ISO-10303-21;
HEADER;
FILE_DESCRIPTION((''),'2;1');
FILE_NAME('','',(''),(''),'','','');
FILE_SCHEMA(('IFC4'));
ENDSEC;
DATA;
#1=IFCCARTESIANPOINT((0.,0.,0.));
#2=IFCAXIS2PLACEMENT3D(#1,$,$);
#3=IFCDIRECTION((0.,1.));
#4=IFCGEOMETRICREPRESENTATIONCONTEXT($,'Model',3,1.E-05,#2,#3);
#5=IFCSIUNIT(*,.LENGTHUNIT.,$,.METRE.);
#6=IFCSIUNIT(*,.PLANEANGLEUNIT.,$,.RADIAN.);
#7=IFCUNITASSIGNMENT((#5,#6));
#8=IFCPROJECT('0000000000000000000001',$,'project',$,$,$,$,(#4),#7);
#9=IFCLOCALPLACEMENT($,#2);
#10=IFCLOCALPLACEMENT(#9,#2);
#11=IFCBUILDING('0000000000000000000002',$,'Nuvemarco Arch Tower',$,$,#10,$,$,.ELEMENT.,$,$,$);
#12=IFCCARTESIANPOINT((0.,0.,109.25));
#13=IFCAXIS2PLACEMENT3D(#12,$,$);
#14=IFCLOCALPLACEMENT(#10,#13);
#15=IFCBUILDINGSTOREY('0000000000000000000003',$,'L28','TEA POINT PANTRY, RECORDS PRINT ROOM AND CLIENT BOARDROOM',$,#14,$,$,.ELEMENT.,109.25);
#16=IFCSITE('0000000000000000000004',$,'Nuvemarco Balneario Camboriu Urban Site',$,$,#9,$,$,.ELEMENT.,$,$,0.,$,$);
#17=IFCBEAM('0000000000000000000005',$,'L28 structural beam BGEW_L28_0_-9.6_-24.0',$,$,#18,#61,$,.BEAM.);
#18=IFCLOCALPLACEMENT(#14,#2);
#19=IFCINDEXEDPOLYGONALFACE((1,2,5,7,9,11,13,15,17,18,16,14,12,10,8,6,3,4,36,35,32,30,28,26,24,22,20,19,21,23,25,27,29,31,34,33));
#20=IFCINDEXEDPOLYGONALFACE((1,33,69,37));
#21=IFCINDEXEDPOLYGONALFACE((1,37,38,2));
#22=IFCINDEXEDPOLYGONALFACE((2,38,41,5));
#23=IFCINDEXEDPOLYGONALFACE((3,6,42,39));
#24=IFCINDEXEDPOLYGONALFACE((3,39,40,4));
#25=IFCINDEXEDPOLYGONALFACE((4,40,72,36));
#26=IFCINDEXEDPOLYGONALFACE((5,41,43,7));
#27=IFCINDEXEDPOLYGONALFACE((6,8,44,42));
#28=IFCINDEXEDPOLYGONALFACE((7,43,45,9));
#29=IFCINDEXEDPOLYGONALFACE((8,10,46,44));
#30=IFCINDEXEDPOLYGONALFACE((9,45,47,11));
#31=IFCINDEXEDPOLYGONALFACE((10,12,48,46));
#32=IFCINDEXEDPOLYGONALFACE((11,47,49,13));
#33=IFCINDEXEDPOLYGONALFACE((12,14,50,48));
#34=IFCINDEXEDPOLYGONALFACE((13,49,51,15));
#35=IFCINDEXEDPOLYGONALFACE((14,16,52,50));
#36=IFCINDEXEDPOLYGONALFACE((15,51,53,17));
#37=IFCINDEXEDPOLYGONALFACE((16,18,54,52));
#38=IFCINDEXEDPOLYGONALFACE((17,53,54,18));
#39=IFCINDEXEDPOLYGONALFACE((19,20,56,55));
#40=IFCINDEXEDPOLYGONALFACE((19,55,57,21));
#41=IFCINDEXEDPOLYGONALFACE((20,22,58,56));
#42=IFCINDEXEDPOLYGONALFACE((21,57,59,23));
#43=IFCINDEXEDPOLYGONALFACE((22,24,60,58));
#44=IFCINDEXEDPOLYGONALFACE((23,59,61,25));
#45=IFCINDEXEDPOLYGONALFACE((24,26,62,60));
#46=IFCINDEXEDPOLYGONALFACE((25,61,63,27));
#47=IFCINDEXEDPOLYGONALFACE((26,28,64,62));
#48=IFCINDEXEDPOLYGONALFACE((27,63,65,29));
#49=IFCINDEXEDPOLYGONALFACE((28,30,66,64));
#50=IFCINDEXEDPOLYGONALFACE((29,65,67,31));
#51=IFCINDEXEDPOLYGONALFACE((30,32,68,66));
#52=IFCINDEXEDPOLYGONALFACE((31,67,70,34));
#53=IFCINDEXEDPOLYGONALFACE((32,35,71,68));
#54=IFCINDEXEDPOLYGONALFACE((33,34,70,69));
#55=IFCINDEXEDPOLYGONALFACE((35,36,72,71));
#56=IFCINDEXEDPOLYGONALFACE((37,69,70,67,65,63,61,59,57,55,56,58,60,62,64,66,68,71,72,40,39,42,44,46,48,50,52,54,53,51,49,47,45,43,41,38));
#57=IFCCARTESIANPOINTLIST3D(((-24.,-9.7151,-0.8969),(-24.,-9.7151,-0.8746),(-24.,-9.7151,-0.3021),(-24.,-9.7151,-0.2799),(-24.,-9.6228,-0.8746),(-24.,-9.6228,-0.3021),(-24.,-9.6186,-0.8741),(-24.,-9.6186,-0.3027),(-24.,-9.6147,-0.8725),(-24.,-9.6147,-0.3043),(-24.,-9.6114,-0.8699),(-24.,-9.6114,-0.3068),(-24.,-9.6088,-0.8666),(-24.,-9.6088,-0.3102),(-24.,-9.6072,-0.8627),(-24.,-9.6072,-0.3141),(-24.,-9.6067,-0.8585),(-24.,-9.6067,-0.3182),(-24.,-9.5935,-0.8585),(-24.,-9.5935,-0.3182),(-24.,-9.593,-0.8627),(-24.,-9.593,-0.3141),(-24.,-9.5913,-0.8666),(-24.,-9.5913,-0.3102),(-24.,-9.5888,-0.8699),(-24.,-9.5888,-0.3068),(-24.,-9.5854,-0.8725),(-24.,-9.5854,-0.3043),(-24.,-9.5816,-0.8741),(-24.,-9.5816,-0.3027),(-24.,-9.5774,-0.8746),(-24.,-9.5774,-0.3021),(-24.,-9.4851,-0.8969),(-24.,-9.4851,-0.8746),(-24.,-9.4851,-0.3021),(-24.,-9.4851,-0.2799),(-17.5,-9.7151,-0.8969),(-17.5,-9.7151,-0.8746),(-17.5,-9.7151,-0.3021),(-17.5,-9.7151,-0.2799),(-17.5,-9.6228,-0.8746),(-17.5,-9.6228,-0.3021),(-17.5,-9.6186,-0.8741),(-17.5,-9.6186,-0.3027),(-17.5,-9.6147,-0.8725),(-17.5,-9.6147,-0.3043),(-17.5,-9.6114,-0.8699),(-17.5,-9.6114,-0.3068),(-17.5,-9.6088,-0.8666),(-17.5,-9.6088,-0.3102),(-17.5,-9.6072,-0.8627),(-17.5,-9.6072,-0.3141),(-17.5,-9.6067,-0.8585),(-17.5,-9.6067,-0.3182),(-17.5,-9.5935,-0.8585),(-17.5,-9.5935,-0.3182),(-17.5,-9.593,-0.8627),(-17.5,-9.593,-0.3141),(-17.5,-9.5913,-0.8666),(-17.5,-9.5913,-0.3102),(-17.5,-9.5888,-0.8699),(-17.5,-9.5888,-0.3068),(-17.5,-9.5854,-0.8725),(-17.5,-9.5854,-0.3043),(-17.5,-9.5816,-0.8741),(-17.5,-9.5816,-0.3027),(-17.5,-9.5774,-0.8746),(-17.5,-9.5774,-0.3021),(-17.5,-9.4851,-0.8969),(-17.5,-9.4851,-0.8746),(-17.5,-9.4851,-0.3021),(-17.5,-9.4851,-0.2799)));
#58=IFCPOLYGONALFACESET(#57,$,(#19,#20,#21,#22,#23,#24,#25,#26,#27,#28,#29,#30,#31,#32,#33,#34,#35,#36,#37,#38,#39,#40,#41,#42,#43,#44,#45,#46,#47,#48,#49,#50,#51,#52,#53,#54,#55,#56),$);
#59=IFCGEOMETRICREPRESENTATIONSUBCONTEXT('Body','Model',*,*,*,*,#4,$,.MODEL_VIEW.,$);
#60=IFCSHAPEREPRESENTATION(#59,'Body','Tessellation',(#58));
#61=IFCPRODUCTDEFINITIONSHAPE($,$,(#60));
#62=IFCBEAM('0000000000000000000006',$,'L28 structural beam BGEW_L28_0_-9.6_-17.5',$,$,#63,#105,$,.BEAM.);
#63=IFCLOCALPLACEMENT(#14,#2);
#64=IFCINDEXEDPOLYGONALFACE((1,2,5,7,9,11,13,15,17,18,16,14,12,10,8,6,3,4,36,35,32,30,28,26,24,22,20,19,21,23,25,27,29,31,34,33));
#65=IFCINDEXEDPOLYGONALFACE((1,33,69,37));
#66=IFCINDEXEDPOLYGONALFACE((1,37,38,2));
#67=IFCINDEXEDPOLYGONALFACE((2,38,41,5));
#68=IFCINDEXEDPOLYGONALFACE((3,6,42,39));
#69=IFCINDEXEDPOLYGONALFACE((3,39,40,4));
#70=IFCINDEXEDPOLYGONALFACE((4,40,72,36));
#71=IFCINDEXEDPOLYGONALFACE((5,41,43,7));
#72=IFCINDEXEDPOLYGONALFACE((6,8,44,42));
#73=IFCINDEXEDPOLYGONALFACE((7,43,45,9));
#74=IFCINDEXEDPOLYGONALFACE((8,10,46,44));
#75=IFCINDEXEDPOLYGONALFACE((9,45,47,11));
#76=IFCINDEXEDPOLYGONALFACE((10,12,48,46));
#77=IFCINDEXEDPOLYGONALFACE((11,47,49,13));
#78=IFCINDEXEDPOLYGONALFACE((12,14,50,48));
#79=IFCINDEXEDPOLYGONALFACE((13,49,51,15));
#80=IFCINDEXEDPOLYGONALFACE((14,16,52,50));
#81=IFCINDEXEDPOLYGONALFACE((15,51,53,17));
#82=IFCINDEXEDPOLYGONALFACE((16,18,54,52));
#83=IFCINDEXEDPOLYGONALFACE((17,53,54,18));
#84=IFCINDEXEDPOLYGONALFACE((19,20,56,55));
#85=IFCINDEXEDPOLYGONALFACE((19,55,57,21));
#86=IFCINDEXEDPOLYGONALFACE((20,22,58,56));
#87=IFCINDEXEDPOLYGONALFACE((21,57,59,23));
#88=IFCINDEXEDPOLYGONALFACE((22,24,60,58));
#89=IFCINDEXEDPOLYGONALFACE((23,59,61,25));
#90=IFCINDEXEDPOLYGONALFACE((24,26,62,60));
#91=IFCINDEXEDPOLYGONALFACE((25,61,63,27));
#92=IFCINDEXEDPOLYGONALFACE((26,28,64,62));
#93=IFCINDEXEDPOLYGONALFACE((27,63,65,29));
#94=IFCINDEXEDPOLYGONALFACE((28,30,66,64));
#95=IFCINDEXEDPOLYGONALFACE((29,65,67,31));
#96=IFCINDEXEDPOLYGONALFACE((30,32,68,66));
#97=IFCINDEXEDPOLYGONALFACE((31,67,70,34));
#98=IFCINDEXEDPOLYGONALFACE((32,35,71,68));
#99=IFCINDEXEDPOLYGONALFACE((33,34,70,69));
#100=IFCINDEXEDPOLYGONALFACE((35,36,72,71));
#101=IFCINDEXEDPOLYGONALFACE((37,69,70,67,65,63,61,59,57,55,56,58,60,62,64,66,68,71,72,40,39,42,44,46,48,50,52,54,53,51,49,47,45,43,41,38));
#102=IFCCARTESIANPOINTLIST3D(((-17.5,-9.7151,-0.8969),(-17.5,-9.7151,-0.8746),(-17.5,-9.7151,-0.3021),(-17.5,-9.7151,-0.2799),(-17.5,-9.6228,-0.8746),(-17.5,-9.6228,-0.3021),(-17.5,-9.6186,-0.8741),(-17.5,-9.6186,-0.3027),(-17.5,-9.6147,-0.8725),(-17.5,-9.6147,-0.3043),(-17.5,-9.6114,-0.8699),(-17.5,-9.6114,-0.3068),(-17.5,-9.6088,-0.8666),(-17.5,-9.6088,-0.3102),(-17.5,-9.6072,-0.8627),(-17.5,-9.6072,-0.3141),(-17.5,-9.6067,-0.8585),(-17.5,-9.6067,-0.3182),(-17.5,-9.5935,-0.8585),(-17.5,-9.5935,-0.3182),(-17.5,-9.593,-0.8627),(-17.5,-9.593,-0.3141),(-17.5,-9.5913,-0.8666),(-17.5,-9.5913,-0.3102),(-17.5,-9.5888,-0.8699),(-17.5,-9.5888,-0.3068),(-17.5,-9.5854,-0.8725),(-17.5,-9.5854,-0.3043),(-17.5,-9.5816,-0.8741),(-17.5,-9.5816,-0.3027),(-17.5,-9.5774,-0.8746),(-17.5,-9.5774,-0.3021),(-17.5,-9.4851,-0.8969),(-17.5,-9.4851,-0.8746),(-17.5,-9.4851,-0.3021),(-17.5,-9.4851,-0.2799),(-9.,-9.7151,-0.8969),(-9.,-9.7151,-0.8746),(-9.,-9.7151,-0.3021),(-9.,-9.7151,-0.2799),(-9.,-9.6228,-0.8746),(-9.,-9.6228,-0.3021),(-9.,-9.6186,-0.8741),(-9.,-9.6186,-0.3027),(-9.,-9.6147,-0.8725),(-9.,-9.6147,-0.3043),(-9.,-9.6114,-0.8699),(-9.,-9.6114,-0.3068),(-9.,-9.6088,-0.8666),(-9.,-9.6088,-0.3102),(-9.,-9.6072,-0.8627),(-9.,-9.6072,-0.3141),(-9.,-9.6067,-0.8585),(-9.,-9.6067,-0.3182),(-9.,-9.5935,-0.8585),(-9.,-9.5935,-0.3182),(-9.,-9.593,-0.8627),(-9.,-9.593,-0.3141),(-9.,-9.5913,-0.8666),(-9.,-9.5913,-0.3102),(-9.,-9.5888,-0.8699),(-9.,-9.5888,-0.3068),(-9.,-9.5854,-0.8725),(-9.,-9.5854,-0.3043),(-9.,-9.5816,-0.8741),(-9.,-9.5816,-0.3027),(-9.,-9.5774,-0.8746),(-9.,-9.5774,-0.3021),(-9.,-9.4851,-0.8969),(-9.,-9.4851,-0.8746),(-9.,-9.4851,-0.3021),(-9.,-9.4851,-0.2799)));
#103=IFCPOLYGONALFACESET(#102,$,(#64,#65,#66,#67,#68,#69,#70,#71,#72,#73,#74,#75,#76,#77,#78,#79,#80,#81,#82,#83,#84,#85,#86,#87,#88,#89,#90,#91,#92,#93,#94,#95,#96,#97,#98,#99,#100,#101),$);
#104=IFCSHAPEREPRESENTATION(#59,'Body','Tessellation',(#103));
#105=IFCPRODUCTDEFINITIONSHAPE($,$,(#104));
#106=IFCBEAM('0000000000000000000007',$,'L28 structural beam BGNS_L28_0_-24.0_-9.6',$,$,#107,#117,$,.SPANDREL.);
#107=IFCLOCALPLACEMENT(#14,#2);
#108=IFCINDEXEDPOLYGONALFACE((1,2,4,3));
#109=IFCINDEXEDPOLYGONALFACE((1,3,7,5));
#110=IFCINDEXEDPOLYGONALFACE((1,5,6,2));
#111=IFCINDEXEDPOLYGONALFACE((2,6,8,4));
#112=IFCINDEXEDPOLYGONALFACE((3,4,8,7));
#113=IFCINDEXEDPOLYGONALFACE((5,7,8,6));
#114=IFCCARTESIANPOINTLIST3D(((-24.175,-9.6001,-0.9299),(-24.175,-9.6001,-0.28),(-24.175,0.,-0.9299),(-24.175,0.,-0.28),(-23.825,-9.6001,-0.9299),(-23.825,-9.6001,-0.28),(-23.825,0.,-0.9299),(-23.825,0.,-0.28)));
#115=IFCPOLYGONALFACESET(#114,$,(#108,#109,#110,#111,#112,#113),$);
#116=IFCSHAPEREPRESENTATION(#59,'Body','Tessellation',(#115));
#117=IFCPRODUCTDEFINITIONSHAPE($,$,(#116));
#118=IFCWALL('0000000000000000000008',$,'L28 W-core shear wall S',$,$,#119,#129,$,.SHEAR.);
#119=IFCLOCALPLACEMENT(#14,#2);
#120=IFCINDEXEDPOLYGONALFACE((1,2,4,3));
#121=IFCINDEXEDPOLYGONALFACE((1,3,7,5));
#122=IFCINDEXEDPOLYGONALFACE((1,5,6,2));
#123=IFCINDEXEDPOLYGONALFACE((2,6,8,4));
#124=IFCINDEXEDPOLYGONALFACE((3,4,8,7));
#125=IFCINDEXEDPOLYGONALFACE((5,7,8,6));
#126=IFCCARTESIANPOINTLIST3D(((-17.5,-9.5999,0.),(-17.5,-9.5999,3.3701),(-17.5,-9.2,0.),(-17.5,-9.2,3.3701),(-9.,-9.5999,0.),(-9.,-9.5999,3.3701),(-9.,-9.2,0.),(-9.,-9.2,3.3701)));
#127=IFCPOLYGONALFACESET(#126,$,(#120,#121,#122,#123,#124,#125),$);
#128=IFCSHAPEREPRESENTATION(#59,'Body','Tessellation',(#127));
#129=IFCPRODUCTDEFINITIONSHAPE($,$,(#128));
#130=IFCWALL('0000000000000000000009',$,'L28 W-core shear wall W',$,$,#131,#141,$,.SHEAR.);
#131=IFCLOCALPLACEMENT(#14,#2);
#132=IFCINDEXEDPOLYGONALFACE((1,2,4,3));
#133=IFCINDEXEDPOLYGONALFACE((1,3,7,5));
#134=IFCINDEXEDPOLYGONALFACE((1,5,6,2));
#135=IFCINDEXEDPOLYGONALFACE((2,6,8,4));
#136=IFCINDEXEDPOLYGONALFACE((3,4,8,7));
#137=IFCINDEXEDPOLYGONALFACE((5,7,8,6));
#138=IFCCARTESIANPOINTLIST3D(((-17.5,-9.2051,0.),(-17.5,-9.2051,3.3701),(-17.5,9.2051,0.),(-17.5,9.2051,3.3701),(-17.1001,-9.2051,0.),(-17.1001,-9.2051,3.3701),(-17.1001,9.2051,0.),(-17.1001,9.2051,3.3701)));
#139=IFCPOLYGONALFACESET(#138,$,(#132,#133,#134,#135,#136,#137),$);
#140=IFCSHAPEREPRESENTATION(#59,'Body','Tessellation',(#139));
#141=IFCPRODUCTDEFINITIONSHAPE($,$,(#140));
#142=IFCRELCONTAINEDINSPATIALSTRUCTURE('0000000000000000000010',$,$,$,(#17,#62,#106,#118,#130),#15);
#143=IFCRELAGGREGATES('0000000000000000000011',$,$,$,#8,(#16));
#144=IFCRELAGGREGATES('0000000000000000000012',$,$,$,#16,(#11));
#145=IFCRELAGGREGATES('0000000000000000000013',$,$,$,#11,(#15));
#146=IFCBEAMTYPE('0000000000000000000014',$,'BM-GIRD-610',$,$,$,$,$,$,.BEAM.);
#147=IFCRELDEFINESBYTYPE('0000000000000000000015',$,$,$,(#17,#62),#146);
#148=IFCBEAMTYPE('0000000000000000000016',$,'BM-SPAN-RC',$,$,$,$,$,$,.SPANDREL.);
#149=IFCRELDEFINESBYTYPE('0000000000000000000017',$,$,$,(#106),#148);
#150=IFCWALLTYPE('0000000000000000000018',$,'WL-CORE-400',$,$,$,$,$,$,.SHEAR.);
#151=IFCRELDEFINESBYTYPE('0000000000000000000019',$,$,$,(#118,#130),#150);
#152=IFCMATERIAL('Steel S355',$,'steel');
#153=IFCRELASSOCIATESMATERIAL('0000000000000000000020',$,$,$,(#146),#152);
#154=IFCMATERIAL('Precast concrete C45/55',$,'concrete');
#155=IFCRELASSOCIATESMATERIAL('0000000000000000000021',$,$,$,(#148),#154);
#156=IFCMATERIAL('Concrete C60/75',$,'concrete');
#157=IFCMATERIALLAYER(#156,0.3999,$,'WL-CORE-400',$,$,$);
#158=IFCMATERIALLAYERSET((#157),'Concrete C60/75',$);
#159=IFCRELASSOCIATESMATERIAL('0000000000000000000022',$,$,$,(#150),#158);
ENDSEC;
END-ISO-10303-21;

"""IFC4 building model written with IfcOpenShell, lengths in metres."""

from ifc_helpers import new_model, si_unit, direction, frame, frame_2d, origin, origin_2d, place, context, subcontext, project, spatial, rectangle, i_section, extrude, material, layer, layer_set, material_profile, profile_set, type_object, element, save


model = new_model("IFC4")

# Units and contexts
model_context = context("Model", 3, precision=1e-05, world=origin(), true_north=direction((0.0, 1.0)))
body_context = subcontext(model_context, "Body", "Model", "MODEL_VIEW")
ifc_project = project(units=[si_unit("LENGTHUNIT", "METRE"), si_unit("PLANEANGLEUNIT", "RADIAN")], contexts=[model_context])

# Site, building, storey
site_placement = place(None, origin())
site = spatial("IfcSite", under=ifc_project, at=site_placement, Name="Nuvemarco Balneario Camboriu Urban Site", CompositionType="ELEMENT", RefElevation=0.0)
building_placement = place(site_placement, origin())
building = spatial("IfcBuilding", under=site, at=building_placement, Name="Nuvemarco Arch Tower", CompositionType="ELEMENT")
storey_placement = place(building_placement, frame((0.0, 0.0, 109.25)))
storey = spatial("IfcBuildingStorey", under=building, at=storey_placement, Name="L28", Description="TEA POINT PANTRY, RECORDS PRINT ROOM AND CLIENT BOARDROOM", CompositionType="ELEMENT", Elevation=109.25)

# Shared definitions
ifc_material_1 = material(Name="Concrete C60/75", Category="concrete")
ifc_material_2 = material(Name="Steel S355", Category="steel")

# Beams
ifc_material_profile_1 = material_profile(ifc_material_2, i_section(OverallWidth=0.23, OverallDepth=0.6169, WebThickness=0.0132, FlangeThickness=0.0222, FilletRadius=0.0161, at=origin_2d()), Name="W610x140")
ifc_profile_set_1 = profile_set([ifc_material_profile_1], Name="Steel S355")
beam_type_1 = type_object("IfcBeamType", Name="BM-GIRD-610", PredefinedType="BEAM", material=ifc_profile_set_1)
beam_1_placement = place(storey_placement, frame((-24.0, -9.6001, -0.5884), z_axis=(1.0, 0.0, 0.0), x_axis=(0.0, 1.0, 0.0)))
element("IfcBeam", 1, at=beam_1_placement, inside=storey, type_object=beam_type_1, Name="L28 structural beam BGEW_L28_0_-9.6_-24.0", PredefinedType="BEAM", context=body_context, shape_type="SweptSolid", body=[
    extrude(i_section(OverallWidth=0.23, OverallDepth=0.6169, WebThickness=0.0132, FlangeThickness=0.0222, FilletRadius=0.0161, at=origin_2d()), origin(), (0.0, 0.0, 1.0), 6.5),
])
beam_2_placement = place(storey_placement, frame((-17.5, -9.6001, -0.5884), z_axis=(1.0, 0.0, 0.0), x_axis=(0.0, 1.0, 0.0)))
element("IfcBeam", 2, at=beam_2_placement, inside=storey, type_object=beam_type_1, Name="L28 structural beam BGEW_L28_0_-9.6_-17.5", PredefinedType="BEAM", context=body_context, shape_type="SweptSolid", body=[
    extrude(i_section(OverallWidth=0.23, OverallDepth=0.6169, WebThickness=0.0132, FlangeThickness=0.0222, FilletRadius=0.0161, at=origin_2d()), origin(), (0.0, 0.0, 1.0), 8.5),
])
ifc_material_3 = material(Name="Precast concrete C45/55", Category="concrete")
ifc_material_profile_2 = material_profile(ifc_material_3, rectangle(XDim=0.3501, YDim=0.6499, at=origin_2d()), Name="PC-SP-350x650")
ifc_profile_set_2 = profile_set([ifc_material_profile_2], Name="Precast concrete C45/55")
beam_type_2 = type_object("IfcBeamType", Name="BM-SPAN-RC", PredefinedType="SPANDREL", material=ifc_profile_set_2)
beam_3_placement = place(storey_placement, frame((-24.0, -9.6001, -0.605), z_axis=(0.0, 1.0, 0.0), x_axis=(-1.0, 0.0, 0.0)))
element("IfcBeam", 3, at=beam_3_placement, inside=storey, type_object=beam_type_2, Name="L28 structural beam BGNS_L28_0_-24.0_-9.6", PredefinedType="SPANDREL", context=body_context, shape_type="SweptSolid", body=[
    extrude(rectangle(XDim=0.3501, YDim=0.6499, at=origin_2d()), origin(), (0.0, 0.0, 1.0), 9.6001),
])

# Walls
ifc_layer_1 = layer(ifc_material_1, 0.3999, Name="WL-CORE-400")
ifc_layer_set_1 = layer_set([ifc_layer_1], Name="Concrete C60/75")
wall_type_1 = type_object("IfcWallType", Name="WL-CORE-400", PredefinedType="SHEAR", material=ifc_layer_set_1)
wall_1_placement = place(storey_placement, frame((-17.5, -9.3999, 0.0), z_axis=(0.0, 0.0, 1.0), x_axis=(1.0, 0.0, 0.0)))
element("IfcWall", 4, at=wall_1_placement, inside=storey, type_object=wall_type_1, Name="L28 W-core shear wall S", PredefinedType="SHEAR", context=body_context, shape_type="SweptSolid", body=[
    extrude(rectangle(XDim=8.5, YDim=0.3999, at=frame_2d((4.25, 0.0))), origin(), (0.0, 0.0, 1.0), 3.3701),
])
wall_2_placement = place(storey_placement, frame((-17.3, -9.2051, 0.0), z_axis=(0.0, 0.0, 1.0), x_axis=(0.0, 1.0, 0.0)))
element("IfcWall", 5, at=wall_2_placement, inside=storey, type_object=wall_type_1, Name="L28 W-core shear wall W", PredefinedType="SHEAR", context=body_context, shape_type="SweptSolid", body=[
    extrude(rectangle(XDim=18.4102, YDim=0.3999, at=frame_2d((9.2051, 0.0))), origin(), (0.0, 0.0, 1.0), 3.3701),
])

save(model, "model.ifc")
